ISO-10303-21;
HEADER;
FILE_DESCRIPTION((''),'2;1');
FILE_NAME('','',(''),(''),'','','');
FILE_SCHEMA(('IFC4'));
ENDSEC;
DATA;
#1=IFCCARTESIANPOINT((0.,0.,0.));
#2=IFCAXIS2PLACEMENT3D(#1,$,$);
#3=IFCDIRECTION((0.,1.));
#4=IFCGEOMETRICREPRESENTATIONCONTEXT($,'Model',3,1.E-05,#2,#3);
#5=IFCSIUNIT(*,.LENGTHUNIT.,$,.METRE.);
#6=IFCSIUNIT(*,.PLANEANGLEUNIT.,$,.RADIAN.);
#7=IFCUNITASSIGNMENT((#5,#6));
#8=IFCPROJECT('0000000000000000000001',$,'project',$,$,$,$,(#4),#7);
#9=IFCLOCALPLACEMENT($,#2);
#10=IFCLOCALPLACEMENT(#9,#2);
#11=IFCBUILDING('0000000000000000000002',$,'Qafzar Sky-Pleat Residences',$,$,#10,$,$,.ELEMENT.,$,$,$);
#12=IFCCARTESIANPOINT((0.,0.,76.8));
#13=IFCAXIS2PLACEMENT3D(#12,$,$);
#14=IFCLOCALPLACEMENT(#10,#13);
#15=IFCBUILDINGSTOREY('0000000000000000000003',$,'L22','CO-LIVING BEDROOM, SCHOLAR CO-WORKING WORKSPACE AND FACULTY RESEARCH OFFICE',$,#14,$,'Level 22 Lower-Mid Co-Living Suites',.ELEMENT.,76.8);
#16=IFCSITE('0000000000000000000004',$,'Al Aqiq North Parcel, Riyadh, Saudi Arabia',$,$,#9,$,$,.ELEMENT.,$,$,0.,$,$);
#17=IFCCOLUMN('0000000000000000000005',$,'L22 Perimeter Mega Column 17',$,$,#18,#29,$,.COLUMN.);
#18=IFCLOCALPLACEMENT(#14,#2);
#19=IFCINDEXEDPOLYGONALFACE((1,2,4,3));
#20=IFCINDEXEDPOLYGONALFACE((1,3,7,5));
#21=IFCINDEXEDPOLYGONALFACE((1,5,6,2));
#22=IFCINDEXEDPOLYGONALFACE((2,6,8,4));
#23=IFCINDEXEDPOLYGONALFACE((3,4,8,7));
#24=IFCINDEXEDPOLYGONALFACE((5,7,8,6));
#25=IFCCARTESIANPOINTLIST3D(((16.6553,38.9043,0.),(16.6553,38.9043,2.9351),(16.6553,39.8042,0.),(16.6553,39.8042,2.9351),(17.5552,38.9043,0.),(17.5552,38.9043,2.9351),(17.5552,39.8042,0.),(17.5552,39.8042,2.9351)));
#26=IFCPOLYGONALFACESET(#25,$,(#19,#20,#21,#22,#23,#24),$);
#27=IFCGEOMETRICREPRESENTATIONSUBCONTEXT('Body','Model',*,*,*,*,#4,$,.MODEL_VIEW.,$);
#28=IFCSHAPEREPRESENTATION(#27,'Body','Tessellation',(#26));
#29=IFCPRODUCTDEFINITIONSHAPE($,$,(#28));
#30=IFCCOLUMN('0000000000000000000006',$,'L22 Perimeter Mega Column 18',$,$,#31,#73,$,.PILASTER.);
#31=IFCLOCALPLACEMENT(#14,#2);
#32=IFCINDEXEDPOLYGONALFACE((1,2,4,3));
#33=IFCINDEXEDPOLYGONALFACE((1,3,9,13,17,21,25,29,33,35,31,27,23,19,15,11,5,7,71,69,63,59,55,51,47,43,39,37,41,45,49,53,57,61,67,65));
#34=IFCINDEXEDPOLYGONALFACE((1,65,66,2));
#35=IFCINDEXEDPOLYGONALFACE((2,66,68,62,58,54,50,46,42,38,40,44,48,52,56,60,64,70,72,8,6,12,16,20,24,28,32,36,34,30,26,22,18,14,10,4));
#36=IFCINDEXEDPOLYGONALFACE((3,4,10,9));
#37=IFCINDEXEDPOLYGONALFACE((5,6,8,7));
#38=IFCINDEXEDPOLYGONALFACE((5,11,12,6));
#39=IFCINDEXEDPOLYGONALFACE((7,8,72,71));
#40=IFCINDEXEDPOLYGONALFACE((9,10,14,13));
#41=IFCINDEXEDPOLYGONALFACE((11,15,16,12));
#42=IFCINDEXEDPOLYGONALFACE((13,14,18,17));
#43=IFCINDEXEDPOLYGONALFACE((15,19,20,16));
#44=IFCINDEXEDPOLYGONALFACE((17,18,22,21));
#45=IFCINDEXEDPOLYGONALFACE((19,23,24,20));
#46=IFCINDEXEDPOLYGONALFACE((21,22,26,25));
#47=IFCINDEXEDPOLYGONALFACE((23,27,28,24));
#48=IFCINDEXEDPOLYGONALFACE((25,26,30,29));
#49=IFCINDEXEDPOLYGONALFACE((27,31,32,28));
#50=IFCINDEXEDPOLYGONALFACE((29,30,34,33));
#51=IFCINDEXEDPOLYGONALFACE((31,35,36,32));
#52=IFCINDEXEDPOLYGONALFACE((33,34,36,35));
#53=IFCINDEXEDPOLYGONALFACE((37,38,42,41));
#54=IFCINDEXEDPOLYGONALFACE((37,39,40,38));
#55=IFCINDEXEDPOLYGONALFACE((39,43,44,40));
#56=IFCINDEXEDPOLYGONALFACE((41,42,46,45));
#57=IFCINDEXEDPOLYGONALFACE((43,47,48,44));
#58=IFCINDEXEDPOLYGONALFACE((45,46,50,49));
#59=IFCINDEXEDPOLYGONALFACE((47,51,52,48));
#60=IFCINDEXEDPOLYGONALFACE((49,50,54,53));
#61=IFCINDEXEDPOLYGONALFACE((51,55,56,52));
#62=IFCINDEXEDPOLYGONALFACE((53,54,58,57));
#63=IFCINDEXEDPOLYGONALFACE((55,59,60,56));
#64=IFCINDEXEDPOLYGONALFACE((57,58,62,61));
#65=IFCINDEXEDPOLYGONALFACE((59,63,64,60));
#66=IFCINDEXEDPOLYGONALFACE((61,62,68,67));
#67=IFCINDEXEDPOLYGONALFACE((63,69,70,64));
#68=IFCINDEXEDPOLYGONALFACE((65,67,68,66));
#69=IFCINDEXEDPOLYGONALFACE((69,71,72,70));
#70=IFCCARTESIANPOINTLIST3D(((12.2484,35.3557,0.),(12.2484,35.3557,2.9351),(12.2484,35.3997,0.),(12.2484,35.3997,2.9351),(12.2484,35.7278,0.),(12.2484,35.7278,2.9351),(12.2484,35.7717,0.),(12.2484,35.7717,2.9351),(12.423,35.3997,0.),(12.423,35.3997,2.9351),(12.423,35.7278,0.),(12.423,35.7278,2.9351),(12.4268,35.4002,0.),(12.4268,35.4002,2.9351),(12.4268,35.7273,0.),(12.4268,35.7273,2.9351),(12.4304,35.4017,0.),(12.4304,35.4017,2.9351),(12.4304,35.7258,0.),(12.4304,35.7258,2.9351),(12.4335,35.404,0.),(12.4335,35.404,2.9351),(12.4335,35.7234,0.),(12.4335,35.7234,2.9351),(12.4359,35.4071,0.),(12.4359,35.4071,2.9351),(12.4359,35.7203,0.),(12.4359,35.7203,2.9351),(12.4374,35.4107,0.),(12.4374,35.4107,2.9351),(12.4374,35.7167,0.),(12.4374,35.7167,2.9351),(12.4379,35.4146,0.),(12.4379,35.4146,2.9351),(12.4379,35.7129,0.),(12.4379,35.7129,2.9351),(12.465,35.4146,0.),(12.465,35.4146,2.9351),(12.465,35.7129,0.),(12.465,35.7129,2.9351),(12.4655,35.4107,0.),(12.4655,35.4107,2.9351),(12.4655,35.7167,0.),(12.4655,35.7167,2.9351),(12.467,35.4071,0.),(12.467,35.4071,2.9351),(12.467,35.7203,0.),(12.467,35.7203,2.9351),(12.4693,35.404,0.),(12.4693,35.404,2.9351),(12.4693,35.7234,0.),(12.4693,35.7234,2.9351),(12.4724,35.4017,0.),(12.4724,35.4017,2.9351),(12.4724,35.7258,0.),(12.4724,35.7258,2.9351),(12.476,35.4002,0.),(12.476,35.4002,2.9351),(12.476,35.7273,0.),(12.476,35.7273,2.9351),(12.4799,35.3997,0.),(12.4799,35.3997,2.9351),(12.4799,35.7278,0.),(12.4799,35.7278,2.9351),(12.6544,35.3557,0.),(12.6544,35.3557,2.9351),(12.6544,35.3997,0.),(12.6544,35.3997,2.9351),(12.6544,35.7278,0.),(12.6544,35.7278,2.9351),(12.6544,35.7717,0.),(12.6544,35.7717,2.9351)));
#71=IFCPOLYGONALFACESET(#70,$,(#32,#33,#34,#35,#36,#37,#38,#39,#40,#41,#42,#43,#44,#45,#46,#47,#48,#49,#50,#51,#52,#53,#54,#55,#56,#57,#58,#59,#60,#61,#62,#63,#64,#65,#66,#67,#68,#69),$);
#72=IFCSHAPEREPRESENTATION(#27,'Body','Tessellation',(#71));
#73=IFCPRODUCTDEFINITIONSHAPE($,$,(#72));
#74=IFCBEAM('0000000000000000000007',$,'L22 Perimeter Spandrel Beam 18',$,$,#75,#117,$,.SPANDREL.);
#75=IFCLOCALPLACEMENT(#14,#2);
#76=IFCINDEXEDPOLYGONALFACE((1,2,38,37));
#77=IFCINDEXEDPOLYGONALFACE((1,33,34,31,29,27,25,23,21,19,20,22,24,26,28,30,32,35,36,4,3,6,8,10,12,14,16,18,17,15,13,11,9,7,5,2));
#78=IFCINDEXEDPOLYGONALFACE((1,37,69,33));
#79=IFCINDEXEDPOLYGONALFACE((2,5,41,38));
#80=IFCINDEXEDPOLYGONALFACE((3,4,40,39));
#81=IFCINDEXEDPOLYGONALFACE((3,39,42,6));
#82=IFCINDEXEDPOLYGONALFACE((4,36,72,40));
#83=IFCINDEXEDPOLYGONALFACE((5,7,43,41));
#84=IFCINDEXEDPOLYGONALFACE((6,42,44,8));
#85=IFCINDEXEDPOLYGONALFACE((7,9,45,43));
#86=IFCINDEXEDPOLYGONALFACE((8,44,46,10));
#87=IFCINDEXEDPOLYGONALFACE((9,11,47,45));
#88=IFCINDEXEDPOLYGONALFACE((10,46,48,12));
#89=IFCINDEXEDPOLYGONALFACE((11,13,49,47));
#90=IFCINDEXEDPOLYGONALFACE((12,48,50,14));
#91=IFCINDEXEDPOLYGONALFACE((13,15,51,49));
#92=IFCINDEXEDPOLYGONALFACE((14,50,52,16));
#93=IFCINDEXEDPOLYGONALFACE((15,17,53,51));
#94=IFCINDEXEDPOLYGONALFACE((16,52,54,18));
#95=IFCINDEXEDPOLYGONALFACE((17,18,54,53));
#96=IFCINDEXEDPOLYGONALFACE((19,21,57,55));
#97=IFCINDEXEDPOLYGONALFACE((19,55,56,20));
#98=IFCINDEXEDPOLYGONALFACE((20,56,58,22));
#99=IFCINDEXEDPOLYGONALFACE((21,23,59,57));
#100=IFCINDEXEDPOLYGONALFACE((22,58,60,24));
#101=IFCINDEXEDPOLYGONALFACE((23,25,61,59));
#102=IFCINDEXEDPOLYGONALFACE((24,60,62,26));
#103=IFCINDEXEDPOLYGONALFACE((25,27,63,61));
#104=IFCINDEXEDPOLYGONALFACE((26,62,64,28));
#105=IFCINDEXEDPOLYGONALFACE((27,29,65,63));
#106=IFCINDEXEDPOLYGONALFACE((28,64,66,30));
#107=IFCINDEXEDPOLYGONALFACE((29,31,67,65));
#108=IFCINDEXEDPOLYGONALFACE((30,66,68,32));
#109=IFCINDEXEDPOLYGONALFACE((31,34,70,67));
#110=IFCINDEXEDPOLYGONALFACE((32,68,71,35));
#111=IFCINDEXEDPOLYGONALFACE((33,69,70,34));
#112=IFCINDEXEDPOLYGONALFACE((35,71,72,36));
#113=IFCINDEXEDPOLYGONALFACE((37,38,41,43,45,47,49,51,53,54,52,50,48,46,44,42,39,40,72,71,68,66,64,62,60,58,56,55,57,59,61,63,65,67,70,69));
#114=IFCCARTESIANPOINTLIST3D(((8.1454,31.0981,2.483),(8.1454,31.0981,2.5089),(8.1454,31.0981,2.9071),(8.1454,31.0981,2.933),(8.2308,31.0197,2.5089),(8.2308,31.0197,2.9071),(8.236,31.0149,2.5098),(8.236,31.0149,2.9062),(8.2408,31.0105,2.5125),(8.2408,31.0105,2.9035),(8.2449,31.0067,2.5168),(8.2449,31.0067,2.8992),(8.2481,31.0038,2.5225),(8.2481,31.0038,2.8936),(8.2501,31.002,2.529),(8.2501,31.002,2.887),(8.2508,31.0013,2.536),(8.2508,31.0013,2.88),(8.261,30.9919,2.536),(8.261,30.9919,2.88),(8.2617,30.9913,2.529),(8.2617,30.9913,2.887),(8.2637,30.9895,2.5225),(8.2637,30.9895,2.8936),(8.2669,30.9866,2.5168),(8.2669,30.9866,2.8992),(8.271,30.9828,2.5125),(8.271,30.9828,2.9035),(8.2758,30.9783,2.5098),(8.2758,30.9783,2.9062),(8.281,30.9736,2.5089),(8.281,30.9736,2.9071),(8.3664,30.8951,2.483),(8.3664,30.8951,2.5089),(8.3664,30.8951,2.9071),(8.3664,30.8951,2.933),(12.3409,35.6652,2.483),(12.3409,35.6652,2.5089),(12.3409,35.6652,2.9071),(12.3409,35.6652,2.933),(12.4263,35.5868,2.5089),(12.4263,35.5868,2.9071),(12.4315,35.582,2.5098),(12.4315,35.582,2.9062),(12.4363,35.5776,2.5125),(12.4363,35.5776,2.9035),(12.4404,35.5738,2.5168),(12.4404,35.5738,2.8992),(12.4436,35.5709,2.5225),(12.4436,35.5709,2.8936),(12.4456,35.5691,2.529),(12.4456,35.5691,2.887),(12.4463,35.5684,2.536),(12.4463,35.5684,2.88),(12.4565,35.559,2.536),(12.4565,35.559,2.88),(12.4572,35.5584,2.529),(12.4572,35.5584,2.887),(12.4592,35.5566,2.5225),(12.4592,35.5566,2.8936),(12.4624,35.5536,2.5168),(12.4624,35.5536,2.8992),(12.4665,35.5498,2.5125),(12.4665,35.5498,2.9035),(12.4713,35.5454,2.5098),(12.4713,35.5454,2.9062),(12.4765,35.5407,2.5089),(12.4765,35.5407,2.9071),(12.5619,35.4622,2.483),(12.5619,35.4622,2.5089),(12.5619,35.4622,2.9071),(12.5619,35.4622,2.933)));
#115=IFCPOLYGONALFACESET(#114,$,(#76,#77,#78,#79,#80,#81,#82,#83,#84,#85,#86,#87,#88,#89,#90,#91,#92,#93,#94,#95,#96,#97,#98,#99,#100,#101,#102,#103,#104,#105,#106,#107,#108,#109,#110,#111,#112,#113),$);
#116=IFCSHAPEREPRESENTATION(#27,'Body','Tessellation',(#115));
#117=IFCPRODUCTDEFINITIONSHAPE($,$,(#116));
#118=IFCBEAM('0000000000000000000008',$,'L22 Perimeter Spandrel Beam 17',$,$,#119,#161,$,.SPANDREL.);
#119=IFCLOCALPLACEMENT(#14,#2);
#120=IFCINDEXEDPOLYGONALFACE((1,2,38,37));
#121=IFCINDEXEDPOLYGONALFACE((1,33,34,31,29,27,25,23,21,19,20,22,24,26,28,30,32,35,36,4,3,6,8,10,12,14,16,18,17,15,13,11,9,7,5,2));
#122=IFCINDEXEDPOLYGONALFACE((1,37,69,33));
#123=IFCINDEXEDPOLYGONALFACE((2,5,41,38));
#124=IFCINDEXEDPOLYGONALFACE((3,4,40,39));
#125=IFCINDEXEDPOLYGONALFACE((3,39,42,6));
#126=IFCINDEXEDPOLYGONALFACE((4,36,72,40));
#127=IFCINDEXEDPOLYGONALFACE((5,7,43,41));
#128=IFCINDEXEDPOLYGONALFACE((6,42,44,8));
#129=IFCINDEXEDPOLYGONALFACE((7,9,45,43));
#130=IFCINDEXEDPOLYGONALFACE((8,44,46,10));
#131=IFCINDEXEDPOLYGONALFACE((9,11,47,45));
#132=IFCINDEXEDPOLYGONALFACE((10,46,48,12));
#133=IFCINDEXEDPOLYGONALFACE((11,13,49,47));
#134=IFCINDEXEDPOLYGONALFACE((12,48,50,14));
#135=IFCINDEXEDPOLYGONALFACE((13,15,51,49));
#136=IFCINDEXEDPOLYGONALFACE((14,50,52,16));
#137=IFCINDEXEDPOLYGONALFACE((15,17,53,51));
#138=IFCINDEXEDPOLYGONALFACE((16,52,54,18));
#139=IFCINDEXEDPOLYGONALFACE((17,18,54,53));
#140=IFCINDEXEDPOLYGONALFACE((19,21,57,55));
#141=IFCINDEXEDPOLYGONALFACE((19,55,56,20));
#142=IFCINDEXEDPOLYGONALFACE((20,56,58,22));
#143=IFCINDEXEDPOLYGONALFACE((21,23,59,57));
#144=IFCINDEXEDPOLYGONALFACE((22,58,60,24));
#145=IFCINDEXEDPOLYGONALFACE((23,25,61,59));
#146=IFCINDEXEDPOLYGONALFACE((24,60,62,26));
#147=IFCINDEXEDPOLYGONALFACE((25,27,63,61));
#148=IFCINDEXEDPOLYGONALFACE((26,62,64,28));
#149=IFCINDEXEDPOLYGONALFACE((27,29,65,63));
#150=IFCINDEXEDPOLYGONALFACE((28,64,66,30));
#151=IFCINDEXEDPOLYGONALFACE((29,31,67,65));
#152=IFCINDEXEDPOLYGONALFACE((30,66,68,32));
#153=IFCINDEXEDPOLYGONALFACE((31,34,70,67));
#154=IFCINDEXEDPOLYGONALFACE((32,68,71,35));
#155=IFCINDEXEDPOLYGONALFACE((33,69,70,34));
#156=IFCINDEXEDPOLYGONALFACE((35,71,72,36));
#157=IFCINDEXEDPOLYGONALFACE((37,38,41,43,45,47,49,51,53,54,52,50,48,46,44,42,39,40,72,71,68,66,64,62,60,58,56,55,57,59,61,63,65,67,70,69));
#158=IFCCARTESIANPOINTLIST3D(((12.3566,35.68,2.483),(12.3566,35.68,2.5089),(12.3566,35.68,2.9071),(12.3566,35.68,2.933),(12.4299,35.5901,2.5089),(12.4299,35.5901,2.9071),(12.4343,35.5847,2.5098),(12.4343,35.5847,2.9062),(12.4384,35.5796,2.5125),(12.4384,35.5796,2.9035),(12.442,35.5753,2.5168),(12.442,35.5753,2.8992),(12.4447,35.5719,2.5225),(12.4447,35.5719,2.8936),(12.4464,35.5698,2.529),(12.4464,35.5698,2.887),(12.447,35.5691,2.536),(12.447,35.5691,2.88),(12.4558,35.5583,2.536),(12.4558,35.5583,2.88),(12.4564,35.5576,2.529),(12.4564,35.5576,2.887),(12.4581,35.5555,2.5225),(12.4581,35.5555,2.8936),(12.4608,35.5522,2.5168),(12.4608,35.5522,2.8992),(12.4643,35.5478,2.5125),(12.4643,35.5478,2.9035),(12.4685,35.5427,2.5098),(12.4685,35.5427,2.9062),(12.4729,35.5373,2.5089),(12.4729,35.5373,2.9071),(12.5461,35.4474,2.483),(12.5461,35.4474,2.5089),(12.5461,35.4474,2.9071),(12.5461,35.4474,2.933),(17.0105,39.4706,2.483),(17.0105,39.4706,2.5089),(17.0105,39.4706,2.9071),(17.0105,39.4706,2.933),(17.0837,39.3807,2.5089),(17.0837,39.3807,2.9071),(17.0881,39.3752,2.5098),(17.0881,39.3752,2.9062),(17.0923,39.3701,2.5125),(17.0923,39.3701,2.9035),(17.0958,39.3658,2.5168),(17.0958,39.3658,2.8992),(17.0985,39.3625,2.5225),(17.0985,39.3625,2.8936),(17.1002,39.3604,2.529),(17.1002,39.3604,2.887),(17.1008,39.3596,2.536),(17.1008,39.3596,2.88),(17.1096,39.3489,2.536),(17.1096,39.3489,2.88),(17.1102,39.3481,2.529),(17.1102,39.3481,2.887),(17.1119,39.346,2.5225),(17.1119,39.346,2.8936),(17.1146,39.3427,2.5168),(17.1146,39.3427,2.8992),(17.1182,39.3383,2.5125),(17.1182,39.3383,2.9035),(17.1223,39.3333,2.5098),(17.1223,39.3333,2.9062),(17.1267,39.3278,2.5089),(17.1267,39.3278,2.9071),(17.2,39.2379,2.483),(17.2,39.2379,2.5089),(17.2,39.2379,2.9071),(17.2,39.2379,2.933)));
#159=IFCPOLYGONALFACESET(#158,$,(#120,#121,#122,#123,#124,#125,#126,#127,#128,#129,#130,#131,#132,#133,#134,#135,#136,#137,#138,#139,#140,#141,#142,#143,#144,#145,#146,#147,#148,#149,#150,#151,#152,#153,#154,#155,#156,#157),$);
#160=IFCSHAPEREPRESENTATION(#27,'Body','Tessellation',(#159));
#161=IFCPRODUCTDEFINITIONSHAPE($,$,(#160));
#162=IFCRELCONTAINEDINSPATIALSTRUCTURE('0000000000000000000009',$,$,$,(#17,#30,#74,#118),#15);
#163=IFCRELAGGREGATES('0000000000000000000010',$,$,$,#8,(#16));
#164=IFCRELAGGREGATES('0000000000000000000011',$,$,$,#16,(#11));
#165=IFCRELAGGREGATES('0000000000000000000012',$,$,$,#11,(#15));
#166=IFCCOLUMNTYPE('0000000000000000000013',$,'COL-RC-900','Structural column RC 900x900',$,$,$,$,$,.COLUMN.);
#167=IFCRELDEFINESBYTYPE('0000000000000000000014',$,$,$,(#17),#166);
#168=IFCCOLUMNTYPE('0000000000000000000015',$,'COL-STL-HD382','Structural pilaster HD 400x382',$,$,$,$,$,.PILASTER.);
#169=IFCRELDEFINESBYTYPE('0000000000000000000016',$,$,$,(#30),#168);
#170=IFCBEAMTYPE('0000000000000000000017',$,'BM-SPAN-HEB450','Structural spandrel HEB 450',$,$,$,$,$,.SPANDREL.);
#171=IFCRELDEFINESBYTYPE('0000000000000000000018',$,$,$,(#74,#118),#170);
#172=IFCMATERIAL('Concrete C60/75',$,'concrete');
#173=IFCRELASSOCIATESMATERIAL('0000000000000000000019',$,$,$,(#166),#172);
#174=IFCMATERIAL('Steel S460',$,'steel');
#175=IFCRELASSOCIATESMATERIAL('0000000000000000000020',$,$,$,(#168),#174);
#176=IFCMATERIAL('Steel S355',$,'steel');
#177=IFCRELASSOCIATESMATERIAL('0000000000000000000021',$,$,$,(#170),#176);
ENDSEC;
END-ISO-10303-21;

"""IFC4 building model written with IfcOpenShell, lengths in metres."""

from ifc_helpers import new_model, si_unit, direction, frame, origin, origin_2d, place, context, subcontext, project, spatial, rectangle, i_section, extrude, source, transform, mapped, material, material_profile, profile_set, type_object, element, save


model = new_model("IFC4")

# Units and contexts
model_context = context("Model", 3, precision=1e-05, world=origin(), true_north=direction((0.0, 1.0)))
body_context = subcontext(model_context, "Body", "Model", "MODEL_VIEW")
ifc_project = project(units=[si_unit("LENGTHUNIT", "METRE"), si_unit("PLANEANGLEUNIT", "RADIAN")], contexts=[model_context])

# Site, building, storey
site_placement = place(None, origin())
site = spatial("IfcSite", under=ifc_project, at=site_placement, Name="Al Aqiq North Parcel, Riyadh, Saudi Arabia", CompositionType="ELEMENT", RefElevation=0.0)
building_placement = place(site_placement, origin())
building = spatial("IfcBuilding", under=site, at=building_placement, Name="Qafzar Sky-Pleat Residences", CompositionType="ELEMENT")
storey_placement = place(building_placement, frame((0.0, 0.0, 76.8)))
storey = spatial("IfcBuildingStorey", under=building, at=storey_placement, Name="L22", Description="CO-LIVING BEDROOM, SCHOLAR CO-WORKING WORKSPACE AND FACULTY RESEARCH OFFICE", LongName="Level 22 Lower-Mid Co-Living Suites", CompositionType="ELEMENT", Elevation=76.8)

# Columns
ifc_material_1 = material(Name="Concrete C60/75", Category="concrete")
ifc_material_profile_1 = material_profile(ifc_material_1, rectangle(XDim=0.8999, YDim=0.8999, at=origin_2d()), Name="RC 900x900")
ifc_profile_set_1 = profile_set([ifc_material_profile_1], Name="Concrete C60/75")
column_type_1 = type_object("IfcColumnType", Name="COL-RC-900", Description="Structural column RC 900x900", PredefinedType="COLUMN", material=ifc_profile_set_1)
shared_shape_1 = source(origin(), body_context, "Body", "SweptSolid", [
    extrude(rectangle(XDim=0.8999, YDim=0.8999, at=origin_2d()), origin(), (0.0, 0.0, 1.0), 2.9351),
])
column_1_placement = place(storey_placement, frame((17.1052, 39.3542, 0.0), z_axis=(0.0, 0.0, 1.0), x_axis=(1.0, 0.0, 0.0)))
element("IfcColumn", 1, at=column_1_placement, inside=storey, type_object=column_type_1, Name="L22 Perimeter Mega Column 17", PredefinedType="COLUMN", context=body_context, shape_type="MappedRepresentation", body=[
    mapped(shared_shape_1, transform((0.0, 0.0, 0.0), x_axis=(1.0, 0.0, 0.0), y_axis=(0.0, 1.0, 0.0), z_axis=(0.0, 0.0, 1.0), scale=1.0)),
])
ifc_material_2 = material(Name="Steel S460", Category="steel")
ifc_material_profile_2 = material_profile(ifc_material_2, i_section(OverallWidth=0.406, OverallDepth=0.416, WebThickness=0.0271, FlangeThickness=0.0439, FilletRadius=0.0149, at=origin_2d()), Name="HD 400x382")
ifc_profile_set_2 = profile_set([ifc_material_profile_2], Name="Steel S460")
column_type_2 = type_object("IfcColumnType", Name="COL-STL-HD382", Description="Structural pilaster HD 400x382", PredefinedType="PILASTER", material=ifc_profile_set_2)
shared_shape_2 = source(origin(), body_context, "Body", "SweptSolid", [
    extrude(i_section(OverallWidth=0.406, OverallDepth=0.416, WebThickness=0.0271, FlangeThickness=0.0439, FilletRadius=0.0149, at=origin_2d()), origin(), (0.0, 0.0, 1.0), 2.9351),
])
column_2_placement = place(storey_placement, frame((12.4514, 35.5637, 0.0), z_axis=(0.0, 0.0, 1.0), x_axis=(1.0, 0.0, 0.0)))
element("IfcColumn", 2, at=column_2_placement, inside=storey, type_object=column_type_2, Name="L22 Perimeter Mega Column 18", PredefinedType="PILASTER", context=body_context, shape_type="MappedRepresentation", body=[
    mapped(shared_shape_2, transform((0.0, 0.0, 0.0), x_axis=(1.0, 0.0, 0.0), y_axis=(0.0, 1.0, 0.0), z_axis=(0.0, 0.0, 1.0), scale=1.0)),
])

# Beams
ifc_material_3 = material(Name="Steel S355", Category="steel")
ifc_material_profile_3 = material_profile(ifc_material_3, i_section(OverallWidth=0.3, OverallDepth=0.45, WebThickness=0.0139, FlangeThickness=0.0259, FilletRadius=0.0271, at=origin_2d()), Name="HEB 450")
ifc_profile_set_3 = profile_set([ifc_material_profile_3], Name="Steel S355")
beam_type_1 = type_object("IfcBeamType", Name="BM-SPAN-HEB450", Description="Structural spandrel HEB 450", PredefinedType="SPANDREL", material=ifc_profile_set_3)
shared_shape_3 = source(origin(), body_context, "Body", "SweptSolid", [
    extrude(i_section(OverallWidth=0.3, OverallDepth=0.45, WebThickness=0.0139, FlangeThickness=0.0259, FilletRadius=0.0271, at=origin_2d()), origin(), (0.0, 0.0, 1.0), 6.2017),
])
beam_1_placement = place(storey_placement, frame((12.4514, 35.5637, 2.708), z_axis=(-0.676514, -0.73643, 0.0), x_axis=(0.73643, -0.676514, 0.0)))
element("IfcBeam", 3, at=beam_1_placement, inside=storey, type_object=beam_type_1, Name="L22 Perimeter Spandrel Beam 18", PredefinedType="SPANDREL", context=body_context, shape_type="MappedRepresentation", body=[
    mapped(shared_shape_3, transform((0.0, 0.0, 0.0), x_axis=(1.0, 0.0, 0.0), y_axis=(0.0, 1.0, 0.0), z_axis=(0.0, 0.0, 1.0), scale=1.0)),
])
shared_shape_4 = source(origin(), body_context, "Body", "SweptSolid", [
    extrude(i_section(OverallWidth=0.3, OverallDepth=0.45, WebThickness=0.0139, FlangeThickness=0.0259, FilletRadius=0.0271, at=origin_2d()), origin(), (0.0, 0.0, 1.0), 6.0022),
])
beam_2_placement = place(storey_placement, frame((17.1052, 39.3542, 2.708), z_axis=(-0.775354, -0.631526, 0.0), x_axis=(0.631526, -0.775354, 0.0)))
element("IfcBeam", 4, at=beam_2_placement, inside=storey, type_object=beam_type_1, Name="L22 Perimeter Spandrel Beam 17", PredefinedType="SPANDREL", context=body_context, shape_type="MappedRepresentation", body=[
    mapped(shared_shape_4, transform((0.0, 0.0, 0.0), x_axis=(1.0, 0.0, 0.0), y_axis=(0.0, 1.0, 0.0), z_axis=(0.0, 0.0, 1.0), scale=1.0)),
])

save(model, "model.ifc")
